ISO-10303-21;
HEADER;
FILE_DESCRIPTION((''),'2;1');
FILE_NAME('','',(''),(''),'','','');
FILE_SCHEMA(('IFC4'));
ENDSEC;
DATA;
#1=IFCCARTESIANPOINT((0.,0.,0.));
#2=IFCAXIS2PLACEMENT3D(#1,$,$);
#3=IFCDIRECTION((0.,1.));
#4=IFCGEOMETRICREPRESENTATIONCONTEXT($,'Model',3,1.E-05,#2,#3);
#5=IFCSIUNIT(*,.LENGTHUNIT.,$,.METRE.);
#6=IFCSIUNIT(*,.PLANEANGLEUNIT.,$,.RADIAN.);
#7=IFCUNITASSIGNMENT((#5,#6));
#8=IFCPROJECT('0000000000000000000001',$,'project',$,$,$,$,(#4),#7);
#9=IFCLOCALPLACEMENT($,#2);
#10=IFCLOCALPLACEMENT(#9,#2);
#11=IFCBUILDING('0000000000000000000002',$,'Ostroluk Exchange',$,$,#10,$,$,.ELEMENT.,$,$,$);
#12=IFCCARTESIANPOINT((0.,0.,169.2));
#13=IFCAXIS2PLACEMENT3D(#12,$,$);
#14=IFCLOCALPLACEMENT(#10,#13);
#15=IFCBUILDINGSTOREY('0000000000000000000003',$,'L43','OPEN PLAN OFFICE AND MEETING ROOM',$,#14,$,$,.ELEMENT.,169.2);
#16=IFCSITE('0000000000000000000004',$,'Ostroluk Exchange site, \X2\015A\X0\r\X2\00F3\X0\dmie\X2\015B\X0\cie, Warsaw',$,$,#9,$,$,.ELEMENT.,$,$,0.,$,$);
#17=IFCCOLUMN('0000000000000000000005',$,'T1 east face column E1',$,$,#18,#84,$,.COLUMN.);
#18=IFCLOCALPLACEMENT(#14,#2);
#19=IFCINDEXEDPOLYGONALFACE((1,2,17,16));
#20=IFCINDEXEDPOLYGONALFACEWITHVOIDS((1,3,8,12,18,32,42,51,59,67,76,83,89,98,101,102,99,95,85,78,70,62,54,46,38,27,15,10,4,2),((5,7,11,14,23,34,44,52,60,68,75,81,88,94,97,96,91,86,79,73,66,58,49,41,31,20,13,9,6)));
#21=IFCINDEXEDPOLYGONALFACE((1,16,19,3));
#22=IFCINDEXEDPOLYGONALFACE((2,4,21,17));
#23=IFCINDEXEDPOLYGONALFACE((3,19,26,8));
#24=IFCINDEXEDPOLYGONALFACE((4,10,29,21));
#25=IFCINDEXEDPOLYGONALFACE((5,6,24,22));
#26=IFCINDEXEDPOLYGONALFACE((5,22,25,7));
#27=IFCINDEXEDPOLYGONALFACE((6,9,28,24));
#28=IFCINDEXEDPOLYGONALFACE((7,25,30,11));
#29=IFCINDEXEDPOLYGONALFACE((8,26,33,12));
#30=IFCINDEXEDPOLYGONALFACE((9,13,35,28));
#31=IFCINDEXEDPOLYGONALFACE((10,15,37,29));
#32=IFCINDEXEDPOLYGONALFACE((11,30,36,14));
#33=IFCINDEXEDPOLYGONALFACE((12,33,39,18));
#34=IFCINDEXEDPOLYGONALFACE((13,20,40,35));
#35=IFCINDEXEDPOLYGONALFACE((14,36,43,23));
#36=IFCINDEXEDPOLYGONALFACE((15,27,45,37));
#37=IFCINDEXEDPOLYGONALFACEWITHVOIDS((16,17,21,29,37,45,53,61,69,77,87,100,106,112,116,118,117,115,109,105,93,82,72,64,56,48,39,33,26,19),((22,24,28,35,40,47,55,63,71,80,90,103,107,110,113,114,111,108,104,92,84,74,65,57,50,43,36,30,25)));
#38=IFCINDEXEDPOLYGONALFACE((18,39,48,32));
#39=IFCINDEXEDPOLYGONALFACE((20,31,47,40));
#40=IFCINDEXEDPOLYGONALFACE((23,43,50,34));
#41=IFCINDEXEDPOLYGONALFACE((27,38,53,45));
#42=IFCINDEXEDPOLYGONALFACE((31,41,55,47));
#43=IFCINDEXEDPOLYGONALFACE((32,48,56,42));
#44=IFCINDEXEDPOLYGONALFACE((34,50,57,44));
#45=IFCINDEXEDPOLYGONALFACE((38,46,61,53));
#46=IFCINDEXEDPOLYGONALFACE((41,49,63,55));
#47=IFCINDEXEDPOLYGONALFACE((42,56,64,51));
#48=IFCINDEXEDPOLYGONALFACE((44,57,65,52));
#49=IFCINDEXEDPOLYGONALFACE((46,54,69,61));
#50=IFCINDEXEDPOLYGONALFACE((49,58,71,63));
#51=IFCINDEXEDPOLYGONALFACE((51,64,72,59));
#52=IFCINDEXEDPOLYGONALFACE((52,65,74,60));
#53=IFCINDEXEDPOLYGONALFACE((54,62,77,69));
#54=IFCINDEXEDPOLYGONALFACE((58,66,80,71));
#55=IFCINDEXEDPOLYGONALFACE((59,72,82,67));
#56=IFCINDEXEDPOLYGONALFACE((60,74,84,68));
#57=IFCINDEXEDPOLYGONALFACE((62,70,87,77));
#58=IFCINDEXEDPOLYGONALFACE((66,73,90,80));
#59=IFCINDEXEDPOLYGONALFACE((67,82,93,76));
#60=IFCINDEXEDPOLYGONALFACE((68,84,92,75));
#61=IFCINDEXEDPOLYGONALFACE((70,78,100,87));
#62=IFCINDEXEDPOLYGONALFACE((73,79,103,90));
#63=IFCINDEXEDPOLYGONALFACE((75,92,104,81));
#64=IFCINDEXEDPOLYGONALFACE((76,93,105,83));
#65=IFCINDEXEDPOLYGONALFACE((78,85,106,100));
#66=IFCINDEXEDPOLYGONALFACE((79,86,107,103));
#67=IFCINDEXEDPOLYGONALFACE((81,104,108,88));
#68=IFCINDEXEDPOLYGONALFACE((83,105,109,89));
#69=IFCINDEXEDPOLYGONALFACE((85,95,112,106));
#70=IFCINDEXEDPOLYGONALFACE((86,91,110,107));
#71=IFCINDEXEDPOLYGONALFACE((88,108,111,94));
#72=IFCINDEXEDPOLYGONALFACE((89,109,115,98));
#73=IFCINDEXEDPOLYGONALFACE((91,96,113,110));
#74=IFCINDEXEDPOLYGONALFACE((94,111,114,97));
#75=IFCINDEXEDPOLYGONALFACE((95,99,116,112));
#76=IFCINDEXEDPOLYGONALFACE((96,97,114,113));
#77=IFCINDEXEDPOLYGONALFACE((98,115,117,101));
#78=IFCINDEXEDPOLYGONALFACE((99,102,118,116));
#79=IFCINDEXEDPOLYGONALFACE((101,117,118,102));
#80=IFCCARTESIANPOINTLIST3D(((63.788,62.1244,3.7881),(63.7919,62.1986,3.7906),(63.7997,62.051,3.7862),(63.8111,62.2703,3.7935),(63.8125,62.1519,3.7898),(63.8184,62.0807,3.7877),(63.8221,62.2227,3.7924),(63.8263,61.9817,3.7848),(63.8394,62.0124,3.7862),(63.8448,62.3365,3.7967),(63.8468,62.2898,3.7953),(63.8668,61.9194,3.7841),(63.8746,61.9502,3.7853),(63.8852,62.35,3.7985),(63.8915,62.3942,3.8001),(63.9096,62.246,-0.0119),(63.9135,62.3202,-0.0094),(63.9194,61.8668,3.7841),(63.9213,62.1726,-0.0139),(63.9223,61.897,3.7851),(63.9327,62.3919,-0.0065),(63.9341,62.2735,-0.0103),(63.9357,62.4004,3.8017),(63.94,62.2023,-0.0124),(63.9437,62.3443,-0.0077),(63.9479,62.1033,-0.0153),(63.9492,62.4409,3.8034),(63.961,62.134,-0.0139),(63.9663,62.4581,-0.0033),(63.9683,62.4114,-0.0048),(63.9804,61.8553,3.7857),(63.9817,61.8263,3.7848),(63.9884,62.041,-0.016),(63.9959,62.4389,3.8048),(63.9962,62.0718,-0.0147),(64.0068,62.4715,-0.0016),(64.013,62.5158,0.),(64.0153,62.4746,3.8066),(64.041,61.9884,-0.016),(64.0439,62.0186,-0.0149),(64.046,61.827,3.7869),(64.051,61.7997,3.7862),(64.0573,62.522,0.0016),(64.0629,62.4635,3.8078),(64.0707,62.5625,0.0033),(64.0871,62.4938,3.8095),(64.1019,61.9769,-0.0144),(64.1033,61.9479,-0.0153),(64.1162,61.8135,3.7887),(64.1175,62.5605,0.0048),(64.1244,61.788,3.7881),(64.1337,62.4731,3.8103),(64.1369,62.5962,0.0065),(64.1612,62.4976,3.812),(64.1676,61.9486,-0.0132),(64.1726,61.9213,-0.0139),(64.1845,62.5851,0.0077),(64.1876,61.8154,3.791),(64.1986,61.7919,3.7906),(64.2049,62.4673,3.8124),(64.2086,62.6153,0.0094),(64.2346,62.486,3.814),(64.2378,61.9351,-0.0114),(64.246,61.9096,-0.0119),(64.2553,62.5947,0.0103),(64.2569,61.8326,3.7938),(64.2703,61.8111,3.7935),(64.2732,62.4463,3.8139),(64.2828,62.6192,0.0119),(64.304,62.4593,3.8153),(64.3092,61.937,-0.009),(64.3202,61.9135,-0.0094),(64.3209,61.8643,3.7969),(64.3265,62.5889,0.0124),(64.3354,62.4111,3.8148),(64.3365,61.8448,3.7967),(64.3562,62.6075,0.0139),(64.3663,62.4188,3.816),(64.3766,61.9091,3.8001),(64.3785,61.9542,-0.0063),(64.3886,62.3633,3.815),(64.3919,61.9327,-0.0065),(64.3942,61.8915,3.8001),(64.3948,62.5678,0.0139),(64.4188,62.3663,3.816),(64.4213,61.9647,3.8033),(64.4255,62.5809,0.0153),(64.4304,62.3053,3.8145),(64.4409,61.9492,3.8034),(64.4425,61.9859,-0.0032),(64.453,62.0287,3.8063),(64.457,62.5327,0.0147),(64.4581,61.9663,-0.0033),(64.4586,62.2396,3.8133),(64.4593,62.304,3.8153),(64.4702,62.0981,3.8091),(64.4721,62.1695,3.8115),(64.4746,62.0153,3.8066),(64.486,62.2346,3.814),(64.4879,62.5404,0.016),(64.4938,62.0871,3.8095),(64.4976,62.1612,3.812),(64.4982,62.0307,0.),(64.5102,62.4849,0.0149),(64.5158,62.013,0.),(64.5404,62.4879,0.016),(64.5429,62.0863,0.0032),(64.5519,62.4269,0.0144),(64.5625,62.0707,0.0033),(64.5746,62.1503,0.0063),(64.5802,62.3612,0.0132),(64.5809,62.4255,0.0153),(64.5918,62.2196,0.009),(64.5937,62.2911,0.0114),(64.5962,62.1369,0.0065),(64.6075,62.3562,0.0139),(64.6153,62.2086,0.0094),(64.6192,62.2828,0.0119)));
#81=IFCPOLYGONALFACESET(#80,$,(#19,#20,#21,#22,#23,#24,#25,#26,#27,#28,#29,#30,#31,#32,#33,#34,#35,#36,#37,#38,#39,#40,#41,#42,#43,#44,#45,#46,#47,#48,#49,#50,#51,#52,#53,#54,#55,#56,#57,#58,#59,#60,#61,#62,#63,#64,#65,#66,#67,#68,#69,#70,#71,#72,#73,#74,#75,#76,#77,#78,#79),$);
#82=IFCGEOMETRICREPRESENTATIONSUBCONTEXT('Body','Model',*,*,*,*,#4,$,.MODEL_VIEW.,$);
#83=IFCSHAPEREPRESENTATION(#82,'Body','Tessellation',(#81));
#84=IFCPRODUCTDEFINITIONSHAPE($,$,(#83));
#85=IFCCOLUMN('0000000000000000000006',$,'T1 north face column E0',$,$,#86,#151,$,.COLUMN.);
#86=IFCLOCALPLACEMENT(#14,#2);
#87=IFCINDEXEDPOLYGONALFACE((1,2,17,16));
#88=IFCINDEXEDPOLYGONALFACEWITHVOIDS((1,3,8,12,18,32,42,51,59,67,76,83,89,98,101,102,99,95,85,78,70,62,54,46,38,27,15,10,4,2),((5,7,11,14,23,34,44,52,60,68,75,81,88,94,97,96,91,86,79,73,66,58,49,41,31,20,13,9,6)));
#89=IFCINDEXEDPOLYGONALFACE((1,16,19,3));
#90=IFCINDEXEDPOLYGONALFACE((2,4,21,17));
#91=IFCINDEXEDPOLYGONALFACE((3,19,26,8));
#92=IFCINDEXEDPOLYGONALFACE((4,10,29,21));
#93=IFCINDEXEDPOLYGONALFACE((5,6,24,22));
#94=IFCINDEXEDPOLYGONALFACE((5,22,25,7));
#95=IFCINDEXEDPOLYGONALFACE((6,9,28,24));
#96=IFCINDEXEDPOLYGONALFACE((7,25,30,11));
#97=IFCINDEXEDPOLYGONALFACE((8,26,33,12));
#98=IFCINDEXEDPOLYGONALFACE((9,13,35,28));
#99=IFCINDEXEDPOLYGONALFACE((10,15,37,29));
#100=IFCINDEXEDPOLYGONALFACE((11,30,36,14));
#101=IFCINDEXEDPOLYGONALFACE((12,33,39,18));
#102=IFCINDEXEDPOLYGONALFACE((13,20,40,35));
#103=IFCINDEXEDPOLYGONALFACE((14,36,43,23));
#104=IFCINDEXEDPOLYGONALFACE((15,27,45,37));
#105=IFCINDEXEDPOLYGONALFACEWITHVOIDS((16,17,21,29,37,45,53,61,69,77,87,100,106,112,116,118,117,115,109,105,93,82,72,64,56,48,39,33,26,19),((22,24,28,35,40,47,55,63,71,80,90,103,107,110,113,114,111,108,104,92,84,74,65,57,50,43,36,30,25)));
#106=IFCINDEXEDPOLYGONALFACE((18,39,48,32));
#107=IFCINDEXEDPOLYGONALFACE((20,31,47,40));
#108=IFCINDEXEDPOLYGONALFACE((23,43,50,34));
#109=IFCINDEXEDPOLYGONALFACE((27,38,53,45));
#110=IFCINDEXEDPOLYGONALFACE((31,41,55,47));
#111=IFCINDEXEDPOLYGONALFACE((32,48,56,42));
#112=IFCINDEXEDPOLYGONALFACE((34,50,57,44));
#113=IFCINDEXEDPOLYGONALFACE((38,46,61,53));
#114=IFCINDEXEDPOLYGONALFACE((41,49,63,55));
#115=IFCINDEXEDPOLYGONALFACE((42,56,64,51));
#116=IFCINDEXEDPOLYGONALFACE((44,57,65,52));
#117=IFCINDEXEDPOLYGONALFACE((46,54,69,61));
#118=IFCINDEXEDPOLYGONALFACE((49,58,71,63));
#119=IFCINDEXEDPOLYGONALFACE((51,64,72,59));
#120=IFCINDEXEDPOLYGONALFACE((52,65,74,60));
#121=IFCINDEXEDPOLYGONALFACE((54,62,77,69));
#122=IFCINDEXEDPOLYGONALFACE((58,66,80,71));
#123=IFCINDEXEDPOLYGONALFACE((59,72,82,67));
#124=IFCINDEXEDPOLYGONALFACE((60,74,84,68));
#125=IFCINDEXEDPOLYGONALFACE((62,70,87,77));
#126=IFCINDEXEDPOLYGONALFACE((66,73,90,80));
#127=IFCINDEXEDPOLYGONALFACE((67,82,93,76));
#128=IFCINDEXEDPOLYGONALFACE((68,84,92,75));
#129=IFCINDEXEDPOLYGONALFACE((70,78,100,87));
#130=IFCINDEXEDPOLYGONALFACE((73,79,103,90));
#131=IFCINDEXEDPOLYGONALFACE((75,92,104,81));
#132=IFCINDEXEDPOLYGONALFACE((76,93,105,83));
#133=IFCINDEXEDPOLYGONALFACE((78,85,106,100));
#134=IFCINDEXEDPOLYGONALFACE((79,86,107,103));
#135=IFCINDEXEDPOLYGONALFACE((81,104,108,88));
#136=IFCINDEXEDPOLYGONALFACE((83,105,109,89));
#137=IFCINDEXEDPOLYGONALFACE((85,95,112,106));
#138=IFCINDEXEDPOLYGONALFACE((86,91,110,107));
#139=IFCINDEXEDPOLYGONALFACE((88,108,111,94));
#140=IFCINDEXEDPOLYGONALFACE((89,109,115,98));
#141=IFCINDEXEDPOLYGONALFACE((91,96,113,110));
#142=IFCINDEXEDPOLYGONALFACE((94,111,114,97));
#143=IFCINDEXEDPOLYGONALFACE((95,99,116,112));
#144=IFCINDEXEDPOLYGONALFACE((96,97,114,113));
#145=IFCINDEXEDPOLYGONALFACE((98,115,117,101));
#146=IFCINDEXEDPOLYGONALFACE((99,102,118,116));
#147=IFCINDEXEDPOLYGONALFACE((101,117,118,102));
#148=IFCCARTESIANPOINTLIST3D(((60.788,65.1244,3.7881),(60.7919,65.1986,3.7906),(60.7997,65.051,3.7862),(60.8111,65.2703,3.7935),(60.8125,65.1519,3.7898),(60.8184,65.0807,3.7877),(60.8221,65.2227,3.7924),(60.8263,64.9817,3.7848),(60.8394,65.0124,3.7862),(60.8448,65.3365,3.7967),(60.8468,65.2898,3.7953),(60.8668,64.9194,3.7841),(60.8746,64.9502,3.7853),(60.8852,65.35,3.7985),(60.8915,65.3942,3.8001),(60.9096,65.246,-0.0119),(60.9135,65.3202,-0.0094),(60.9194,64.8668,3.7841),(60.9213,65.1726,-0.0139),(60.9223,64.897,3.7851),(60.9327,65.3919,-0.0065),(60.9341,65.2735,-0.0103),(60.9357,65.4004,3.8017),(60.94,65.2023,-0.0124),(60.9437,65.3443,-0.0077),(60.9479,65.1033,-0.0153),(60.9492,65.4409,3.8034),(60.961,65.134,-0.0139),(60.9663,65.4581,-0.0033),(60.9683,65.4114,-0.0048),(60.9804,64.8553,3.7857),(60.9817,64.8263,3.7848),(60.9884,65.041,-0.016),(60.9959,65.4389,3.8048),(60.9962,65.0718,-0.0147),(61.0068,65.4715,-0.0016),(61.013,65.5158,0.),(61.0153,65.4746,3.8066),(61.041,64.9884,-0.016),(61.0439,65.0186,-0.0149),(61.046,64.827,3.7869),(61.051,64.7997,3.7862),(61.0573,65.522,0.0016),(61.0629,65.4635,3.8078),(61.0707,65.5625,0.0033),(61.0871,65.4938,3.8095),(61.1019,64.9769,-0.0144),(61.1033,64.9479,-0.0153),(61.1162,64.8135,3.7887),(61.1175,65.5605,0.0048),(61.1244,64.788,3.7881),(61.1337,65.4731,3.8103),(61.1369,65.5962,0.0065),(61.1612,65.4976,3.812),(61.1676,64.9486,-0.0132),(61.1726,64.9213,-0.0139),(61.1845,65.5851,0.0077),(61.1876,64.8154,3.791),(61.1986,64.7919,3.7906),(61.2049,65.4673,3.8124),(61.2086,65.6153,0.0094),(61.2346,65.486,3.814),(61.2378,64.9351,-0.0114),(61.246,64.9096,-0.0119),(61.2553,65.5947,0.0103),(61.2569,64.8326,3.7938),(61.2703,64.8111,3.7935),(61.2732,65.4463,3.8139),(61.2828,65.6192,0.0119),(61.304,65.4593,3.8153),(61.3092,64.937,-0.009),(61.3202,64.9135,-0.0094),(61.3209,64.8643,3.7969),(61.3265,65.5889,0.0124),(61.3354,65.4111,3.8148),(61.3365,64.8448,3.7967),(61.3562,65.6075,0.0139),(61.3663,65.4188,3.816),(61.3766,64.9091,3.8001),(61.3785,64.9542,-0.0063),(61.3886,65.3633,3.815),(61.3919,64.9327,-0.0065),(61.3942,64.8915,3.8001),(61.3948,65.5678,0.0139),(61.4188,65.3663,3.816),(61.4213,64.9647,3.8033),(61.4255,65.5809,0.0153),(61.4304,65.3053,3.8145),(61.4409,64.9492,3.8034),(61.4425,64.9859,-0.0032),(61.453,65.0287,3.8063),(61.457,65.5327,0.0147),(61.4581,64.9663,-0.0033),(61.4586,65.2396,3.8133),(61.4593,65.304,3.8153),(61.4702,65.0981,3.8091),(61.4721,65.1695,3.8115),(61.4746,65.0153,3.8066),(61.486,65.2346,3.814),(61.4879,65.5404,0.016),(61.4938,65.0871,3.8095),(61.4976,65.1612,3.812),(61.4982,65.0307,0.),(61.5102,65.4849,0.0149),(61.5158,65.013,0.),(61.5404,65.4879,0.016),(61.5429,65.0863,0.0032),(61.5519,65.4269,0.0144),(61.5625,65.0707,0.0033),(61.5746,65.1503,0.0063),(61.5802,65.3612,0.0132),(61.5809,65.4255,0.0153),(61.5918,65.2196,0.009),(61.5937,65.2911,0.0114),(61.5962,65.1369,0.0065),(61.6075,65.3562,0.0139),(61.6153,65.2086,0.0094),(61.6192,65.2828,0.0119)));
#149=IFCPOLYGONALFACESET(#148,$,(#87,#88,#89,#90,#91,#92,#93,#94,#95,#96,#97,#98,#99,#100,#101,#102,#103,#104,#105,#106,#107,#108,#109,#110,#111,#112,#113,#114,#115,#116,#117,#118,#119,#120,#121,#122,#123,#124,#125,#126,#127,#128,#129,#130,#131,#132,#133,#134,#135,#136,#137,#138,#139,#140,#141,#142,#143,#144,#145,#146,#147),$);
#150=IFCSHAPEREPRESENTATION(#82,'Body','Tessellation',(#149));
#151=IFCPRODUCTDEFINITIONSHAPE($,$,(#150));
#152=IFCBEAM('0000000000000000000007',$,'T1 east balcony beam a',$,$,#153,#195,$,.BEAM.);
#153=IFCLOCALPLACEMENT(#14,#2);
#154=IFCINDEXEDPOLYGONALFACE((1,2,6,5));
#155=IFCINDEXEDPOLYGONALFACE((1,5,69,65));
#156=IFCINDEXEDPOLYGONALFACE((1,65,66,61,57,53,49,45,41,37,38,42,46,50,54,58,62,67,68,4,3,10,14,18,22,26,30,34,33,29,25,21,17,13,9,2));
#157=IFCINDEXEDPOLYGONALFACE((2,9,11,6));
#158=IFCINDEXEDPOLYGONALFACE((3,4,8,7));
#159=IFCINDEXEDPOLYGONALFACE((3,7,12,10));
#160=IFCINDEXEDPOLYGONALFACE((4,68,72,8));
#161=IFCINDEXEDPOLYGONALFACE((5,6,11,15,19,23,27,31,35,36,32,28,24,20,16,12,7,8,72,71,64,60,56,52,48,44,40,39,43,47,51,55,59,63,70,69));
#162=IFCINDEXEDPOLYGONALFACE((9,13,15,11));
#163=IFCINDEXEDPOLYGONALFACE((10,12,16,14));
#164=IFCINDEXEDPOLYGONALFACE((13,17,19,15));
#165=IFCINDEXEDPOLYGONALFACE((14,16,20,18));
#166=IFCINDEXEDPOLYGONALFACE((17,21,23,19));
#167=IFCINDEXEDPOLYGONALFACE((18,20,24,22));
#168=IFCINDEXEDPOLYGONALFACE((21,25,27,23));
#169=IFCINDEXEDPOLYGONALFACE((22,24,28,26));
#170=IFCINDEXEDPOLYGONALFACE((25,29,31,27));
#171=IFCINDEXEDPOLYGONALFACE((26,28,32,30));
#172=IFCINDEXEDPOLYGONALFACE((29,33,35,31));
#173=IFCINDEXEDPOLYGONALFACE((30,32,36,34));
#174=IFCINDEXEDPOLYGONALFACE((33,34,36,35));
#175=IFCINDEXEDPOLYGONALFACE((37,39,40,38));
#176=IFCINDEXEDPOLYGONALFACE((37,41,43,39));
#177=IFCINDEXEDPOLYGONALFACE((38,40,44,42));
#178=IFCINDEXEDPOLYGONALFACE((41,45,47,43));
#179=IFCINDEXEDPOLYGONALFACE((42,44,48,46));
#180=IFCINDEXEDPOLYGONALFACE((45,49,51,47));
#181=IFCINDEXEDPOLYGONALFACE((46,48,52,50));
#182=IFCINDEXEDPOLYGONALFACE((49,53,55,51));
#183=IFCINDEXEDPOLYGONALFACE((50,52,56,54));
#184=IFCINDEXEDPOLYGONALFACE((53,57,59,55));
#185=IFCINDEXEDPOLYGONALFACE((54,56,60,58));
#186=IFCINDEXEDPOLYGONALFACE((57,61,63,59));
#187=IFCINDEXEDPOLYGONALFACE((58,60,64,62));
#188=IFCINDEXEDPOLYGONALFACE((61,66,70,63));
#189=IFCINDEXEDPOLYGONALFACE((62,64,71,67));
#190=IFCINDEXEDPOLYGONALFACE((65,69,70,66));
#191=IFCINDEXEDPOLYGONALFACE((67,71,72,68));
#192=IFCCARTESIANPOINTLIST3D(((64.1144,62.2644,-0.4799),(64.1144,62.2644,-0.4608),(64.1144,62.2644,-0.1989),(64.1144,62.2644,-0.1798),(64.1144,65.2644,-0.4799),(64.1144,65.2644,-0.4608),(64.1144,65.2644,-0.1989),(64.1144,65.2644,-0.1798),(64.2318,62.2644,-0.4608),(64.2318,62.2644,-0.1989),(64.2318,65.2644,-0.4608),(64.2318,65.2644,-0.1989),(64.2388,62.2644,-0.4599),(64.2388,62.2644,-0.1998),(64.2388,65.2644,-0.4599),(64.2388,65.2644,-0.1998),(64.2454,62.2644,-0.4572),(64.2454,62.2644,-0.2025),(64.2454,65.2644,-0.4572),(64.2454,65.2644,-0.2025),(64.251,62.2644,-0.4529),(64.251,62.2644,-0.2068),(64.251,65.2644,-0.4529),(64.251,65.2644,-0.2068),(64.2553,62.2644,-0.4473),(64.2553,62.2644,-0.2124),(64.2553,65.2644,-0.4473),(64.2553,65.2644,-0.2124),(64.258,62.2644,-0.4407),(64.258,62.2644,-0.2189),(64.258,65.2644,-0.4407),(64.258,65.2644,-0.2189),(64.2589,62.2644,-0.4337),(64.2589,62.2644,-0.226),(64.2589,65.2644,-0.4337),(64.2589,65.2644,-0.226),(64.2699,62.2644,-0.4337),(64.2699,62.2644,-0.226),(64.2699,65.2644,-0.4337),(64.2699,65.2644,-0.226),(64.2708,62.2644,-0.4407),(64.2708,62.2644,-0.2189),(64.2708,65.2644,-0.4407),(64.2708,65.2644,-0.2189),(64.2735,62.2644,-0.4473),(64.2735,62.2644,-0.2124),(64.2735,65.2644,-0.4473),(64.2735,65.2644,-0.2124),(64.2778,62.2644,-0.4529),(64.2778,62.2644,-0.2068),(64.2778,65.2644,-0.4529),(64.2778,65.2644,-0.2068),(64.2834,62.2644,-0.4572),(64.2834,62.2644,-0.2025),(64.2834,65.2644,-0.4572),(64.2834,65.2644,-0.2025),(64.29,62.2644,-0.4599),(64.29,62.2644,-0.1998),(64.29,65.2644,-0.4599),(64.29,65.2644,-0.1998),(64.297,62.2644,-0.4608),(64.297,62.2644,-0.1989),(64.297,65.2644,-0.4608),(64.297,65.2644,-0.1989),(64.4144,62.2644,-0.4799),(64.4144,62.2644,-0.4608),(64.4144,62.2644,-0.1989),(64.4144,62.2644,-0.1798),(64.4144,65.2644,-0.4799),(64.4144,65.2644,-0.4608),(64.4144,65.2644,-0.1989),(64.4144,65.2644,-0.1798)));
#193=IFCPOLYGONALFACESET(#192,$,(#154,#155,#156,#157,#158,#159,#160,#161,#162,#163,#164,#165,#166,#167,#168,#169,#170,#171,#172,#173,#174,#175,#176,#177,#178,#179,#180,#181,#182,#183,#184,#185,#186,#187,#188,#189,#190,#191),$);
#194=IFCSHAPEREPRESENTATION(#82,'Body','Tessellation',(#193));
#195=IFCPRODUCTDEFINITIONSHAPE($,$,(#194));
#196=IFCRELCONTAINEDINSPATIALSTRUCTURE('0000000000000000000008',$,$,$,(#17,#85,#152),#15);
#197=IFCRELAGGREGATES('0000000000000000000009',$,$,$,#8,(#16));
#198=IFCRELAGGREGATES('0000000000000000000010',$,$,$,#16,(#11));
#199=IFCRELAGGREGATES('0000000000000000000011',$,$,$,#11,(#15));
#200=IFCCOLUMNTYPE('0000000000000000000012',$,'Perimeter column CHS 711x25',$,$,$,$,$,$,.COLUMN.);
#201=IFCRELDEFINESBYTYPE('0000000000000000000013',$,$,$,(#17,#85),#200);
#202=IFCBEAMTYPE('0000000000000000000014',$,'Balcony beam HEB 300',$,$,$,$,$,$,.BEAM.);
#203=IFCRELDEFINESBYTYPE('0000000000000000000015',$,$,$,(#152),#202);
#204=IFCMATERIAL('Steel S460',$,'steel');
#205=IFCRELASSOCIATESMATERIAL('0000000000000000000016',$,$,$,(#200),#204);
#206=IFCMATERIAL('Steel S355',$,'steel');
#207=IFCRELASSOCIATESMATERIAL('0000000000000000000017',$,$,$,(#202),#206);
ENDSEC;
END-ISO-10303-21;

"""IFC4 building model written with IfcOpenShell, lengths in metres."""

from ifc_helpers import new_model, si_unit, direction, frame, origin, origin_2d, place, context, subcontext, project, spatial, hollow_circle, i_section, extrude, material, material_profile, profile_set, type_object, element, save


model = new_model("IFC4")

# Units and contexts
model_context = context("Model", 3, precision=1e-05, world=origin(), true_north=direction((0.0, 1.0)))
body_context = subcontext(model_context, "Body", "Model", "MODEL_VIEW")
ifc_project = project(units=[si_unit("LENGTHUNIT", "METRE"), si_unit("PLANEANGLEUNIT", "RADIAN")], contexts=[model_context])

# Site, building, storey
site_placement = place(None, origin())
site = spatial("IfcSite", under=ifc_project, at=site_placement, Name="Ostroluk Exchange site, Śródmieście, Warsaw", CompositionType="ELEMENT", RefElevation=0.0)
building_placement = place(site_placement, origin())
building = spatial("IfcBuilding", under=site, at=building_placement, Name="Ostroluk Exchange", CompositionType="ELEMENT")
storey_placement = place(building_placement, frame((0.0, 0.0, 169.2)))
storey = spatial("IfcBuildingStorey", under=building, at=storey_placement, Name="L43", Description="OPEN PLAN OFFICE AND MEETING ROOM", CompositionType="ELEMENT", Elevation=169.2)

# Columns
ifc_material_1 = material(Name="Steel S460", Category="steel")
ifc_material_profile_1 = material_profile(ifc_material_1, hollow_circle(Radius=0.3555, WallThickness=0.0249, at=origin_2d()), Name="CHS 711x25")
ifc_profile_set_1 = profile_set([ifc_material_profile_1], Name="Steel S460")
column_type = type_object("IfcColumnType", Name="Perimeter column CHS 711x25", PredefinedType="COLUMN", material=ifc_profile_set_1)
for number, where, z_axis, x_axis, name in (
    (1, (64.2644, 62.2644, 0.0), (-0.031962, -0.031962, 0.998978), (0.707107, -0.707107, 0.0), "T1 east face column E1"),
    (2, (61.2644, 65.2644, 0.0), (-0.031962, -0.031962, 0.998978), (0.707107, -0.707107, 0.0), "T1 north face column E0"),
):
    element("IfcColumn", number, at=place(storey_placement, frame(where, z_axis=z_axis, x_axis=x_axis)), inside=storey, type_object=column_type, Name=name, PredefinedType="COLUMN", context=body_context, shape_type="SweptSolid", body=[
        extrude(hollow_circle(Radius=0.3555, WallThickness=0.0249, at=origin_2d()), origin(), (0.0, 0.0, 1.0), 3.804),
    ])

# Beam
ifc_material_2 = material(Name="Steel S355", Category="steel")
ifc_material_profile_2 = material_profile(ifc_material_2, i_section(OverallWidth=0.3, OverallDepth=0.3, WebThickness=0.011, FlangeThickness=0.019, FilletRadius=0.0271, at=origin_2d()), Name="HEB 300")
ifc_profile_set_2 = profile_set([ifc_material_profile_2], Name="Steel S355")
beam_type_1 = type_object("IfcBeamType", Name="Balcony beam HEB 300", PredefinedType="BEAM", material=ifc_profile_set_2)
for number, where, z_axis, x_axis, name in (
    (3, (64.2644, 62.2644, -0.3298), (0.0, 1.0, 0.0), (-1.0, 0.0, 0.0), "T1 east balcony beam a"),
):
    element("IfcBeam", number, at=place(storey_placement, frame(where, z_axis=z_axis, x_axis=x_axis)), inside=storey, type_object=beam_type_1, Name=name, PredefinedType="BEAM", context=body_context, shape_type="SweptSolid", body=[
        extrude(i_section(OverallWidth=0.3, OverallDepth=0.3, WebThickness=0.011, FlangeThickness=0.019, FilletRadius=0.0271, at=origin_2d()), origin(), (0.0, 0.0, 1.0), 3.0),
    ])

save(model, "model.ifc")
